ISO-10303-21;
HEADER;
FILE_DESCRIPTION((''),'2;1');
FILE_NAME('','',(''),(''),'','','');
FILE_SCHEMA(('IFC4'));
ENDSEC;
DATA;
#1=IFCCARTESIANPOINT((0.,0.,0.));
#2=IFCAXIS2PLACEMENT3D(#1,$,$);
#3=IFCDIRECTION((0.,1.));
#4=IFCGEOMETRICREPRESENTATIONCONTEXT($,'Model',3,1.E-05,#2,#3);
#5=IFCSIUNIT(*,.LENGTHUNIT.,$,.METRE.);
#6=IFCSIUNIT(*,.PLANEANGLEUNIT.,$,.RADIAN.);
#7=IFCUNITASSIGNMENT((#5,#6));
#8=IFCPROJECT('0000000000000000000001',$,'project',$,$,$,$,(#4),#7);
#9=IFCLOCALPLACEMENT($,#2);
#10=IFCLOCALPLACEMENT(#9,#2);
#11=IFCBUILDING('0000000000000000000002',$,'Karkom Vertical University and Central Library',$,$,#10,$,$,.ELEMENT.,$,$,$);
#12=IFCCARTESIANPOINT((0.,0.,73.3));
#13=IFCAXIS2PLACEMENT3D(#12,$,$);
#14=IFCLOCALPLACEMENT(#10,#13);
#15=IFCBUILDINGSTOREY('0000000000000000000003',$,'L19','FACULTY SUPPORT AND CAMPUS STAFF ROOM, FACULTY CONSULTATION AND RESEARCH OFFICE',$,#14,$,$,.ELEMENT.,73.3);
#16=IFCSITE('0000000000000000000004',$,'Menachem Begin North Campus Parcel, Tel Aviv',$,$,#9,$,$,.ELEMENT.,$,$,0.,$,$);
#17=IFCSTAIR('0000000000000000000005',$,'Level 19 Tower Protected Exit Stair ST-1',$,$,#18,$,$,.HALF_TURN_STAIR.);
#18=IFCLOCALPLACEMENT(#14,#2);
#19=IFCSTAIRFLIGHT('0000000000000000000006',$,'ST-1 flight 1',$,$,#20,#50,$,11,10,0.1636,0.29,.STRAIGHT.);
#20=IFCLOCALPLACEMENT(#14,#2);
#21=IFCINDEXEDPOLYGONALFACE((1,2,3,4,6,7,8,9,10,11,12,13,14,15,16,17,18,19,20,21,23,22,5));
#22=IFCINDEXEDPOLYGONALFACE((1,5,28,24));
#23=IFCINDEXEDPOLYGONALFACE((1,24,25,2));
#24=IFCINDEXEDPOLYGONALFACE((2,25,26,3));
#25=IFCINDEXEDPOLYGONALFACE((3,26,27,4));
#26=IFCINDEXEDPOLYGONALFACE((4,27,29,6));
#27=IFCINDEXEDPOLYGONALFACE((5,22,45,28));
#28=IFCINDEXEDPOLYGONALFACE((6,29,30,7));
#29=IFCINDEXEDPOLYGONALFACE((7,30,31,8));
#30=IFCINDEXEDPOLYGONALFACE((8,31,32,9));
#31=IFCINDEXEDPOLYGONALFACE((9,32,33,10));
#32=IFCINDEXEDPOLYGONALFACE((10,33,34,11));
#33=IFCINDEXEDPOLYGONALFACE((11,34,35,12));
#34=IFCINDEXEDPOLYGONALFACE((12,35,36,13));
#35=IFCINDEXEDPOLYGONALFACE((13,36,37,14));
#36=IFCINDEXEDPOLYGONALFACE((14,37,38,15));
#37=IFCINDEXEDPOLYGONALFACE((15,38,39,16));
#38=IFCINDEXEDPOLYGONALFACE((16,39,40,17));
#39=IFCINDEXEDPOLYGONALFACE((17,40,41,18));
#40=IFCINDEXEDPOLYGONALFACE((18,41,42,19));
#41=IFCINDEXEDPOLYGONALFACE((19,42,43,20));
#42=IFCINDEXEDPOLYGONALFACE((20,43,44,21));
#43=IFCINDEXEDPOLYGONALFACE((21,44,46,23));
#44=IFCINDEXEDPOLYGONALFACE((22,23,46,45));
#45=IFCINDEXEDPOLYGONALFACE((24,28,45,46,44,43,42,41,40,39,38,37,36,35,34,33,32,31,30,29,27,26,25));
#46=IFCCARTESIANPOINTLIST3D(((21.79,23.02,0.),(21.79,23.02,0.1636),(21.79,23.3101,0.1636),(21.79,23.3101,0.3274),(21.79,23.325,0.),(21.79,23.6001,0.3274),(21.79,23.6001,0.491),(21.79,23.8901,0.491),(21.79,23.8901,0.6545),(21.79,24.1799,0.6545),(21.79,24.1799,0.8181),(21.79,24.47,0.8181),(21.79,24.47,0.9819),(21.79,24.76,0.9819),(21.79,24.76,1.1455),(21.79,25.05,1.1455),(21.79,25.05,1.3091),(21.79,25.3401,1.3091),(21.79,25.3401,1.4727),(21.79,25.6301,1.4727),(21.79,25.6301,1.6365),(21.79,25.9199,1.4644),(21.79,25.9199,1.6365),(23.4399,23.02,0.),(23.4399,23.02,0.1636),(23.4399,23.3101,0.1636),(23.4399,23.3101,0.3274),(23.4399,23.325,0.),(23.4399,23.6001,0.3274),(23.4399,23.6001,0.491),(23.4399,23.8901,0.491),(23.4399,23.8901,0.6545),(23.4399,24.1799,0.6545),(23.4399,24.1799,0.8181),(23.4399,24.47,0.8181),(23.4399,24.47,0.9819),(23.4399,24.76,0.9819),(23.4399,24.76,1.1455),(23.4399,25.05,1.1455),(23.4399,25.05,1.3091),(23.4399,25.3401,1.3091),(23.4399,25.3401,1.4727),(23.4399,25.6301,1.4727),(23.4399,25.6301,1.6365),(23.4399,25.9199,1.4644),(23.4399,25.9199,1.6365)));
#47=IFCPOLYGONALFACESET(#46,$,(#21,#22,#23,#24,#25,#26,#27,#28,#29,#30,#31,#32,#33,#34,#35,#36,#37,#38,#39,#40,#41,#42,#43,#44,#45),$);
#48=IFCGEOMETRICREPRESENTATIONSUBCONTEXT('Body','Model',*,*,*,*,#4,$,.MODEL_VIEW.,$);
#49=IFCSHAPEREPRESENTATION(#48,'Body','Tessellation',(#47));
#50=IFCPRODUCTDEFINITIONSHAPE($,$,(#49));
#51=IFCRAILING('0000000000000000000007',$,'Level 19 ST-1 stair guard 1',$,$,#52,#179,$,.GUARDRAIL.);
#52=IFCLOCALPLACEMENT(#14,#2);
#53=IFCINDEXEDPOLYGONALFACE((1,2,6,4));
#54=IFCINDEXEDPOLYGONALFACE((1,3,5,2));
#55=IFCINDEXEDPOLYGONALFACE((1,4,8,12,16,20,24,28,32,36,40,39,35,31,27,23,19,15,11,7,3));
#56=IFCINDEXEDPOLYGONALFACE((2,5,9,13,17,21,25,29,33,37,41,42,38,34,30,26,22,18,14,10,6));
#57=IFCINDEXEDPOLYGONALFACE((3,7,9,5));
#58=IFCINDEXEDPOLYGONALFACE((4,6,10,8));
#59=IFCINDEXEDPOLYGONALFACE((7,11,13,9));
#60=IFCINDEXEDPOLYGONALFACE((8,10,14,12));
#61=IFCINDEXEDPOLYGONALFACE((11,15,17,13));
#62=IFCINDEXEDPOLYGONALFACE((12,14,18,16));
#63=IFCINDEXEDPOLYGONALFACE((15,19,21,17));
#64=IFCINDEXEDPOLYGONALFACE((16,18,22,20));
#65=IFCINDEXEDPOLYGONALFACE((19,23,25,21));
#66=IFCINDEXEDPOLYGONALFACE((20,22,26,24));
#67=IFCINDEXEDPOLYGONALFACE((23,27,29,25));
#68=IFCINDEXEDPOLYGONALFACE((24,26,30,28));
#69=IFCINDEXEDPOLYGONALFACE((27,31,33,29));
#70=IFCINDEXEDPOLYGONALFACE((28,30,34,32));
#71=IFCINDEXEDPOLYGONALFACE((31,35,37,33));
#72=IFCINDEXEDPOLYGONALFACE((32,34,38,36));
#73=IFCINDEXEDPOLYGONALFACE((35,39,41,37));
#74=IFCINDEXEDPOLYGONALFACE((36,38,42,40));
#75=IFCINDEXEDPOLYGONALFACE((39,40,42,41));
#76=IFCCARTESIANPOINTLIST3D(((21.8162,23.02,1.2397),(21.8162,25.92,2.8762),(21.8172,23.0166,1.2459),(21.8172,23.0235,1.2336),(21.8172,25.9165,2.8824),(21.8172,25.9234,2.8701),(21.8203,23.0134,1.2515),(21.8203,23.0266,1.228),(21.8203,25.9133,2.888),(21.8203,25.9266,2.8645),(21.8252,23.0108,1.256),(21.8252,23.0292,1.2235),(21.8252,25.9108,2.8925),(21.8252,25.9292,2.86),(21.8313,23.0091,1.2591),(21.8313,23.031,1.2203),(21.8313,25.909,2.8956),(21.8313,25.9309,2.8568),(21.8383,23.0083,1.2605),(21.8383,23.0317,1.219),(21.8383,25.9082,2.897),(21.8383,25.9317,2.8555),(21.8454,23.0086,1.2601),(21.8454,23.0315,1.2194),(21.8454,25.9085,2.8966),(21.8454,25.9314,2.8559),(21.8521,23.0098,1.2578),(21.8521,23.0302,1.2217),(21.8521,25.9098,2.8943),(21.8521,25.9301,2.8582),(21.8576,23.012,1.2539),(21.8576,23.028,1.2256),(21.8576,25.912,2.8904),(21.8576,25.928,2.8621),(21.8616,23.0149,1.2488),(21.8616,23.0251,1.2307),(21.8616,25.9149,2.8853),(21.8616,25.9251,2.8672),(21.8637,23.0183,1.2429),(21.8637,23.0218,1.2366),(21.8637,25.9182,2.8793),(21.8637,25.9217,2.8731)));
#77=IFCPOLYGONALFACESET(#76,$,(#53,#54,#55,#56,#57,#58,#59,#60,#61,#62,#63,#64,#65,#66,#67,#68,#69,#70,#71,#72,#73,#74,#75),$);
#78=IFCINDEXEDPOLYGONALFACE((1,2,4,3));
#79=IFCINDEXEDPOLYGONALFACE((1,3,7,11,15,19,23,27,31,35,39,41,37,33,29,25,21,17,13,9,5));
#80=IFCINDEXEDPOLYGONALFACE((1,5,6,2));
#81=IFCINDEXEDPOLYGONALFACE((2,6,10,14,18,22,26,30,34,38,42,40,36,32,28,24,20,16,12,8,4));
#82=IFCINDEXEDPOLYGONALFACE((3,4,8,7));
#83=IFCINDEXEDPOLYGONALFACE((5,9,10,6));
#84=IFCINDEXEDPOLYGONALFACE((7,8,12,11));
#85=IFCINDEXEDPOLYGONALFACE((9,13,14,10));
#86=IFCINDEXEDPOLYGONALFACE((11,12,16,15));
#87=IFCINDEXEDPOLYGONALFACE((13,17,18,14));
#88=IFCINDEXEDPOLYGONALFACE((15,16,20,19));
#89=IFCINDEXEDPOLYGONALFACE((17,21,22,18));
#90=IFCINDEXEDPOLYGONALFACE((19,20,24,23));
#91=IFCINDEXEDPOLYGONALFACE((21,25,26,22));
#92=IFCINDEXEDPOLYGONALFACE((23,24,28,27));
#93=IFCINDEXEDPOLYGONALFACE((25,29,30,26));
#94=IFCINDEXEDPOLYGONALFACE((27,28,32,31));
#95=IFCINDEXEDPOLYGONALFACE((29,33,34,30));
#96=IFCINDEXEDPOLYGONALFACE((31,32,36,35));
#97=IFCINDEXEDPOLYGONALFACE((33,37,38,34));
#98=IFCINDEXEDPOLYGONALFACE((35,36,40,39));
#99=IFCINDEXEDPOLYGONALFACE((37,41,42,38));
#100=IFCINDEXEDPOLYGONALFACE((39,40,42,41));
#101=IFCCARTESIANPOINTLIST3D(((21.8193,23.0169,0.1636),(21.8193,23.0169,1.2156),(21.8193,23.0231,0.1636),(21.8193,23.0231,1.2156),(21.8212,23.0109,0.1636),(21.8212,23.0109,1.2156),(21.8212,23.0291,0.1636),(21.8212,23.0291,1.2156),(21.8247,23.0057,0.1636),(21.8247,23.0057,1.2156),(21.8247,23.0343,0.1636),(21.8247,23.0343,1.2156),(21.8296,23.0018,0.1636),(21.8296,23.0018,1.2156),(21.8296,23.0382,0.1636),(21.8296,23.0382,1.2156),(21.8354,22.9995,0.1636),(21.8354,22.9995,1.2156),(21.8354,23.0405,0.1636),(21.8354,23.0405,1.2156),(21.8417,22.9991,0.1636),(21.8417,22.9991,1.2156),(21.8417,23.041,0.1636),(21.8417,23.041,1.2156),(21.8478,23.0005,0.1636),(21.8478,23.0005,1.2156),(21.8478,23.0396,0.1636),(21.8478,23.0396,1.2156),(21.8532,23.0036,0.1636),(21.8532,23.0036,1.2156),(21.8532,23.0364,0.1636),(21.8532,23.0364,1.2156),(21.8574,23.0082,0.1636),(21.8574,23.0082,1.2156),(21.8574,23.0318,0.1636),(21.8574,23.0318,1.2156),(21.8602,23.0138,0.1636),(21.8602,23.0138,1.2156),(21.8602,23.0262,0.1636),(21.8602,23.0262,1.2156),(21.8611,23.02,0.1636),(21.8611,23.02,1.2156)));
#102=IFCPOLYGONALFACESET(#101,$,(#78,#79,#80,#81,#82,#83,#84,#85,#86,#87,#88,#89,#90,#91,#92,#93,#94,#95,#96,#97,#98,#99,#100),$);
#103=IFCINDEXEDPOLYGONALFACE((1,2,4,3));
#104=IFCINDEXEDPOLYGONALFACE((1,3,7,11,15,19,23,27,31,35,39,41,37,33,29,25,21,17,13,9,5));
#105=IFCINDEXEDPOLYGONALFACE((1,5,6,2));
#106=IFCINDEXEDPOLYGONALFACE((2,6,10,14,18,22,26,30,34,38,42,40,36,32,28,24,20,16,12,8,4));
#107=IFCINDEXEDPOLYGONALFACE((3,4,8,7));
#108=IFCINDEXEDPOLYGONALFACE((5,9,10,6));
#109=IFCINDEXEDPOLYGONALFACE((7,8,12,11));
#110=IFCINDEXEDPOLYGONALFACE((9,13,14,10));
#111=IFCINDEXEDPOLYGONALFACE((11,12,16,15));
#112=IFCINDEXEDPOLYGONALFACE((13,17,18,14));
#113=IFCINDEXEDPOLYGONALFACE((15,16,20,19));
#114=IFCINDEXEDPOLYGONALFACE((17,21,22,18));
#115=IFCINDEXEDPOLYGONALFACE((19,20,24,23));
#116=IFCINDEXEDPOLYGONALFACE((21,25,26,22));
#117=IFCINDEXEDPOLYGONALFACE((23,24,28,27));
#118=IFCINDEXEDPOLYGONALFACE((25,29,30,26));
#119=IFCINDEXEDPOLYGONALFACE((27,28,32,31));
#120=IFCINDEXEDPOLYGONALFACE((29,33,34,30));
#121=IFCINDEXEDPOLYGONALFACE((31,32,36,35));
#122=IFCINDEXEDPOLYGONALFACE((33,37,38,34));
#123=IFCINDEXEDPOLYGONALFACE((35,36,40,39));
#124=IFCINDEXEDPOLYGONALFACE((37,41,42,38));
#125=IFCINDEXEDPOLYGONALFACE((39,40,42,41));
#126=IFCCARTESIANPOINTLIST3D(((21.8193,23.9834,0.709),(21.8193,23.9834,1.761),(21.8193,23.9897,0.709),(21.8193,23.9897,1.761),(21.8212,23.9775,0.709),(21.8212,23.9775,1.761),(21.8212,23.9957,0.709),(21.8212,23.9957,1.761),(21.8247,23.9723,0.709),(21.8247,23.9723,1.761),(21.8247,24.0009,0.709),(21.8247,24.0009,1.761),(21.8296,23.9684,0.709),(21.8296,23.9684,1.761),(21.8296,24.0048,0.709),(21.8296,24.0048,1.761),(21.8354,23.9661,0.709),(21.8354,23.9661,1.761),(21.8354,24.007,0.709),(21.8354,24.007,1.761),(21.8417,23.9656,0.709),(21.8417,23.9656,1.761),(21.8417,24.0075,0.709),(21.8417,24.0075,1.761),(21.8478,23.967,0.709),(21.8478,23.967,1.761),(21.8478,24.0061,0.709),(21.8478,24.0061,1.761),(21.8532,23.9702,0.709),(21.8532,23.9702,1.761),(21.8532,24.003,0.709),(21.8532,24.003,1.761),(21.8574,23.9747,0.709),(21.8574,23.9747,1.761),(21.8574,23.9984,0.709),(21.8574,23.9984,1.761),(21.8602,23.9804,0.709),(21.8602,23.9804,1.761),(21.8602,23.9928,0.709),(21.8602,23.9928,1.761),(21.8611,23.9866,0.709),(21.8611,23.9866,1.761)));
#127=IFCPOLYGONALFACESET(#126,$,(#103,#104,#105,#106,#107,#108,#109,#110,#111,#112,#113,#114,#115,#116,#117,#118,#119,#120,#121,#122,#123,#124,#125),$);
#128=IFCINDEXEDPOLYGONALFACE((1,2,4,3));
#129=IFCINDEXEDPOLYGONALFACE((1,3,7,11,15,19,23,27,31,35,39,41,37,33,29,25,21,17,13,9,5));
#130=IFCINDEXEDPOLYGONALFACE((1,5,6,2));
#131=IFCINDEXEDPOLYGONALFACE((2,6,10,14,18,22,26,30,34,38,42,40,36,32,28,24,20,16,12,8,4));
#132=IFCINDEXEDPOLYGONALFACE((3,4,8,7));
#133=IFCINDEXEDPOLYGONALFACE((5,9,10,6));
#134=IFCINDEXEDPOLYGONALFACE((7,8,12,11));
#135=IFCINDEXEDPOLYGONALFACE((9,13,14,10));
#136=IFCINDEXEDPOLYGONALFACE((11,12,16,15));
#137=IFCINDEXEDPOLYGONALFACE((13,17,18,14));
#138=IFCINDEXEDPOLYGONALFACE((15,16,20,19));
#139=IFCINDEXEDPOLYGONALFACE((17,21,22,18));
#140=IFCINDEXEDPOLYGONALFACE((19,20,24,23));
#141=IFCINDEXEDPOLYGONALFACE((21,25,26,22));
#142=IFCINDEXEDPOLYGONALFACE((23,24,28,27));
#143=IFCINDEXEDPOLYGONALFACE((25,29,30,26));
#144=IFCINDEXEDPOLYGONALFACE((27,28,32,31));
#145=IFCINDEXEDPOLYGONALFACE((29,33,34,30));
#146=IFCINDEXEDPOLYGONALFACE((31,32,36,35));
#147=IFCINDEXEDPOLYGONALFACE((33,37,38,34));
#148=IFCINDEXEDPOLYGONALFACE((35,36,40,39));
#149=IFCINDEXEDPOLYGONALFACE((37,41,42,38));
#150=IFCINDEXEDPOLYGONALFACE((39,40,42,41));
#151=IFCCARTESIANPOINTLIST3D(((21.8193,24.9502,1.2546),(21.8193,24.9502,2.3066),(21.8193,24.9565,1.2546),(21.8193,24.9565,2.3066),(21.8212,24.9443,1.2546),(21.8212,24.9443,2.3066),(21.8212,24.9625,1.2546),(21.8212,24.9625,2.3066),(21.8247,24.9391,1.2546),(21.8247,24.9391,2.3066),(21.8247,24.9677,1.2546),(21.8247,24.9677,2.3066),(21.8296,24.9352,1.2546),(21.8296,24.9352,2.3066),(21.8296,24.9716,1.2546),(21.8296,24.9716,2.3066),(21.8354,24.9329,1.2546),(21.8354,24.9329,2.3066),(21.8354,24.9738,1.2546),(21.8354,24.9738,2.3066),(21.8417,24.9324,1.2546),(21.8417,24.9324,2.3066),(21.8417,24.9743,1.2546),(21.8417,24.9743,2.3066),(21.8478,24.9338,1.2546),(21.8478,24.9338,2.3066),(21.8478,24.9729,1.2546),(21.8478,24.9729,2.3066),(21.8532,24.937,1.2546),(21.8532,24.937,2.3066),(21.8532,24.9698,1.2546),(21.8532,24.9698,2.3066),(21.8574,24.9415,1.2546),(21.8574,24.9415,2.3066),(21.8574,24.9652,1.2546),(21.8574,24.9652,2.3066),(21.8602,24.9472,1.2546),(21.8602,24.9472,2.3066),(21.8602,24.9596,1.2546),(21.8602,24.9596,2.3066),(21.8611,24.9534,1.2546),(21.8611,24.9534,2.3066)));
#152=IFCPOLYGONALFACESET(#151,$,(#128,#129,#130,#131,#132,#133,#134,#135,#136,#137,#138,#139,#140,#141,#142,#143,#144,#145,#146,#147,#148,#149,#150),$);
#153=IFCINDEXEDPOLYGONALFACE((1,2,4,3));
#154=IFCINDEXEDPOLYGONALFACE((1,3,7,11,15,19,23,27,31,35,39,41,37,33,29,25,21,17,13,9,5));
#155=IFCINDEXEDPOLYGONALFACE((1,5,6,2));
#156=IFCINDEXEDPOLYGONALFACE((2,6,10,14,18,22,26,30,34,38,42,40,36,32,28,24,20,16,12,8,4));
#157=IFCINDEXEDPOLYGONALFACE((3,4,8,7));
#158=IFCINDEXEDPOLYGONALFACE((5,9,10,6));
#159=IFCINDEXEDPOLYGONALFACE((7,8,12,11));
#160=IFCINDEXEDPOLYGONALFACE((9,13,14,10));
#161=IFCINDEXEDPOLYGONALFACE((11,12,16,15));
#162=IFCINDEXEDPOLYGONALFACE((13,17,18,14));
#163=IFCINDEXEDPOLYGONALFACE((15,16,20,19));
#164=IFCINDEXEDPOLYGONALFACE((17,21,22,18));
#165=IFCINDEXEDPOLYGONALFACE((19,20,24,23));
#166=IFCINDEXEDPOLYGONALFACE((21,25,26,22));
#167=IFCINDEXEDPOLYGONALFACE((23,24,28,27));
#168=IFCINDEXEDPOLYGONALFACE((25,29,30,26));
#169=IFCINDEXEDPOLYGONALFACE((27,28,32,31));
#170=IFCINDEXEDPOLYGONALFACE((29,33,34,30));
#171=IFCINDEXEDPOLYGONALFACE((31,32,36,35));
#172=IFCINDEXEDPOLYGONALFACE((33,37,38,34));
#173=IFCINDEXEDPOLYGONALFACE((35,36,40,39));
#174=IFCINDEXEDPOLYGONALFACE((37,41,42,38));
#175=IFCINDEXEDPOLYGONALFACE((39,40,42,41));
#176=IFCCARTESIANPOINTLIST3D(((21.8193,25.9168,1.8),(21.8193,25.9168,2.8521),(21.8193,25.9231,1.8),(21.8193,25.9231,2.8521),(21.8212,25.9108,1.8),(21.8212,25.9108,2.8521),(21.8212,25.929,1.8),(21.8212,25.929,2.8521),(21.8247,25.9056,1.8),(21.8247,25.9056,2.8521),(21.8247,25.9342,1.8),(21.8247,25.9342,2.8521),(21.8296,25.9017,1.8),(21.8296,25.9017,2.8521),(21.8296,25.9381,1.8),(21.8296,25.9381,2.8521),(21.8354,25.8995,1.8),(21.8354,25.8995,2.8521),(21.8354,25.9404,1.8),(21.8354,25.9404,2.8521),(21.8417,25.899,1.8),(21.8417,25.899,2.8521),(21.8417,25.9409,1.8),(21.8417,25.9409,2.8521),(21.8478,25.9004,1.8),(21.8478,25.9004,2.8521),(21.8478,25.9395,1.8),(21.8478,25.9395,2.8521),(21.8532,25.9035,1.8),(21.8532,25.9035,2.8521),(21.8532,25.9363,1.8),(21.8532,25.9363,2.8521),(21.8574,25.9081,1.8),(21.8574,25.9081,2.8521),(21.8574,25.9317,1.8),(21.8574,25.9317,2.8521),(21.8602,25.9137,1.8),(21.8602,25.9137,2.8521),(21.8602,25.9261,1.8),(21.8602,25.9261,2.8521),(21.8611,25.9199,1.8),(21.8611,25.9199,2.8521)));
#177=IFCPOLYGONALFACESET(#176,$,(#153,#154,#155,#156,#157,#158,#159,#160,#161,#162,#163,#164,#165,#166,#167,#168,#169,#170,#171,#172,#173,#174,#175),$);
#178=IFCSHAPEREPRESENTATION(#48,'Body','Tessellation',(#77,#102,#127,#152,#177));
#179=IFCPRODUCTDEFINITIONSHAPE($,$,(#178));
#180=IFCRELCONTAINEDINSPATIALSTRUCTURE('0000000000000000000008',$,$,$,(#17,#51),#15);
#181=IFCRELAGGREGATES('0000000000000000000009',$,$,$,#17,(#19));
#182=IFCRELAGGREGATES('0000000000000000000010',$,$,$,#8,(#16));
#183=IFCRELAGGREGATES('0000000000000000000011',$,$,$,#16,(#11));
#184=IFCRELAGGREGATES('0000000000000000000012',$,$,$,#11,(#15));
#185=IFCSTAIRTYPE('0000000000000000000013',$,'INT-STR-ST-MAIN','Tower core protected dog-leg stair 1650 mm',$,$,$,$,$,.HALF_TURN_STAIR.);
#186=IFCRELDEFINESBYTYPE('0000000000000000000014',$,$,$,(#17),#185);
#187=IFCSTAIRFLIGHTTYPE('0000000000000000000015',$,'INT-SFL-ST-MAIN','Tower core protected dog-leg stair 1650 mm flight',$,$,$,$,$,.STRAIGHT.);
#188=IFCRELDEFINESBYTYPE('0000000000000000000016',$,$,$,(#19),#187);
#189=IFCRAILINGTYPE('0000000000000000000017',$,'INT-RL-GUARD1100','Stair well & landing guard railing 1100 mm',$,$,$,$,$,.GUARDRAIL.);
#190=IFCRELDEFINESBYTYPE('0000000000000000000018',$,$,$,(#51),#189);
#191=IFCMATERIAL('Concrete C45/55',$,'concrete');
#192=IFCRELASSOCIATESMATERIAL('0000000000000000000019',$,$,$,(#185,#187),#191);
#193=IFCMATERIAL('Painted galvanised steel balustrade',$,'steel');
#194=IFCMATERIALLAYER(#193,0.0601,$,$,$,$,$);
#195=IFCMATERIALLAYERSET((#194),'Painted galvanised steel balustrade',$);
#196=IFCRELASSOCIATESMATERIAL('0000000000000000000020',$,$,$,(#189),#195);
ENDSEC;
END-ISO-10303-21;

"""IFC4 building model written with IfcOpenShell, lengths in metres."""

from ifc_helpers import new_model, si_unit, direction, frame, origin, origin_2d, place, context, subcontext, project, spatial, polyline, circle, outline, extrude, material, layer, layer_set, type_object, element, aggregate, save


model = new_model("IFC4")

# Units and contexts
model_context = context("Model", 3, precision=1e-05, world=origin(), true_north=direction((0.0, 1.0)))
body_context = subcontext(model_context, "Body", "Model", "MODEL_VIEW")
ifc_project = project(units=[si_unit("LENGTHUNIT", "METRE"), si_unit("PLANEANGLEUNIT", "RADIAN")], contexts=[model_context])

# Site, building, storey
site_placement = place(None, origin())
site = spatial("IfcSite", under=ifc_project, at=site_placement, Name="Menachem Begin North Campus Parcel, Tel Aviv", CompositionType="ELEMENT", RefElevation=0.0)
building_placement = place(site_placement, origin())
building = spatial("IfcBuilding", under=site, at=building_placement, Name="Karkom Vertical University and Central Library", CompositionType="ELEMENT")
storey_placement = place(building_placement, frame((0.0, 0.0, 73.3)))
storey = spatial("IfcBuildingStorey", under=building, at=storey_placement, Name="L19", Description="FACULTY SUPPORT AND CAMPUS STAFF ROOM, FACULTY CONSULTATION AND RESEARCH OFFICE", CompositionType="ELEMENT", Elevation=73.3)

# Shared definitions
ifc_material_1 = material(Name="Concrete C45/55", Category="concrete")

# Stair, stair flight
stair_type = type_object("IfcStairType", Name="INT-STR-ST-MAIN", Description="Tower core protected dog-leg stair 1650 mm", PredefinedType="HALF_TURN_STAIR", material=ifc_material_1)
stair_placement = place(storey_placement, origin())
stair = element("IfcStair", 1, at=stair_placement, inside=storey, type_object=stair_type, Name="Level 19 Tower Protected Exit Stair ST-1", PredefinedType="HALF_TURN_STAIR")
stair_flight_type = type_object("IfcStairFlightType", Name="INT-SFL-ST-MAIN", Description="Tower core protected dog-leg stair 1650 mm flight", PredefinedType="STRAIGHT", material=ifc_material_1)
stair_flight_placement = place(storey_placement, frame((22.615, 23.02, 0.0), z_axis=(0.0, 0.0, 1.0), x_axis=(0.0, 1.0, 0.0)))
stair_flight = element("IfcStairFlight", 2, at=stair_flight_placement, type_object=stair_flight_type, Name="ST-1 flight 1", NumberOfRisers=11, NumberOfTreads=10, PredefinedType="STRAIGHT", RiserHeight=0.1636, TreadLength=0.29, context=body_context, shape_type="SweptSolid", body=[
    extrude(outline(polyline([(0.0, 0.0), (0.0, 0.1636), (0.29, 0.1636), (0.29, 0.3274), (0.5801, 0.3274), (0.5801, 0.491), (0.8701, 0.491), (0.8701, 0.6545), (1.1599, 0.6545), (1.1599, 0.8181), (1.45, 0.8181), (1.45, 0.9819), (1.74, 0.9819), (1.74, 1.1455), (2.03, 1.1455), (2.03, 1.3091), (2.3201, 1.3091), (2.3201, 1.4727), (2.6101, 1.4727), (2.6101, 1.6365), (2.8999, 1.6365), (2.8999, 1.8), (2.8999, 1.4644), (0.3049, 0.0), (0.0, 0.0)])), frame((0.0, 0.825, 0.0), z_axis=(0.0, -1.0, 0.0), x_axis=(1.0, 0.0, 0.0)), (0.0, 0.0, 1.0), 1.6499),
])
aggregate(stair, [stair_flight])

# Railing
ifc_material_2 = material(Name="Painted galvanised steel balustrade", Category="steel")
ifc_layer_1 = layer(ifc_material_2, 0.0601)
ifc_layer_set_1 = layer_set([ifc_layer_1], Name="Painted galvanised steel balustrade")
railing_type_1 = type_object("IfcRailingType", Name="INT-RL-GUARD1100", Description="Stair well & landing guard railing 1100 mm", PredefinedType="GUARDRAIL", material=ifc_layer_set_1)
railing_1_placement = place(storey_placement, frame((21.8401, 23.02, 0.1636)))
element("IfcRailing", 3, at=railing_1_placement, inside=storey, type_object=railing_type_1, Name="Level 19 ST-1 stair guard 1", PredefinedType="GUARDRAIL", context=body_context, shape_type="SweptSolid", body=[
    extrude(circle(Radius=0.0239, at=origin_2d()), frame((0.0, 0.0, 1.0762), z_axis=(0.0, 0.870897, 0.491465), x_axis=(-1.0, 0.0, 0.0)), (0.0, 0.0, 1.0), 3.3298),
    extrude(circle(Radius=0.021, at=origin_2d()), origin(), (0.0, 0.0, 1.0), 1.052),
    extrude(circle(Radius=0.021, at=origin_2d()), frame((0.0, 0.9666, 0.5454)), (0.0, 0.0, 1.0), 1.052),
    extrude(circle(Radius=0.021, at=origin_2d()), frame((0.0, 1.9333, 1.0911)), (0.0, 0.0, 1.0), 1.052),
    extrude(circle(Radius=0.021, at=origin_2d()), frame((0.0, 2.8999, 1.6365)), (0.0, 0.0, 1.0), 1.052),
])

save(model, "model.ifc")
